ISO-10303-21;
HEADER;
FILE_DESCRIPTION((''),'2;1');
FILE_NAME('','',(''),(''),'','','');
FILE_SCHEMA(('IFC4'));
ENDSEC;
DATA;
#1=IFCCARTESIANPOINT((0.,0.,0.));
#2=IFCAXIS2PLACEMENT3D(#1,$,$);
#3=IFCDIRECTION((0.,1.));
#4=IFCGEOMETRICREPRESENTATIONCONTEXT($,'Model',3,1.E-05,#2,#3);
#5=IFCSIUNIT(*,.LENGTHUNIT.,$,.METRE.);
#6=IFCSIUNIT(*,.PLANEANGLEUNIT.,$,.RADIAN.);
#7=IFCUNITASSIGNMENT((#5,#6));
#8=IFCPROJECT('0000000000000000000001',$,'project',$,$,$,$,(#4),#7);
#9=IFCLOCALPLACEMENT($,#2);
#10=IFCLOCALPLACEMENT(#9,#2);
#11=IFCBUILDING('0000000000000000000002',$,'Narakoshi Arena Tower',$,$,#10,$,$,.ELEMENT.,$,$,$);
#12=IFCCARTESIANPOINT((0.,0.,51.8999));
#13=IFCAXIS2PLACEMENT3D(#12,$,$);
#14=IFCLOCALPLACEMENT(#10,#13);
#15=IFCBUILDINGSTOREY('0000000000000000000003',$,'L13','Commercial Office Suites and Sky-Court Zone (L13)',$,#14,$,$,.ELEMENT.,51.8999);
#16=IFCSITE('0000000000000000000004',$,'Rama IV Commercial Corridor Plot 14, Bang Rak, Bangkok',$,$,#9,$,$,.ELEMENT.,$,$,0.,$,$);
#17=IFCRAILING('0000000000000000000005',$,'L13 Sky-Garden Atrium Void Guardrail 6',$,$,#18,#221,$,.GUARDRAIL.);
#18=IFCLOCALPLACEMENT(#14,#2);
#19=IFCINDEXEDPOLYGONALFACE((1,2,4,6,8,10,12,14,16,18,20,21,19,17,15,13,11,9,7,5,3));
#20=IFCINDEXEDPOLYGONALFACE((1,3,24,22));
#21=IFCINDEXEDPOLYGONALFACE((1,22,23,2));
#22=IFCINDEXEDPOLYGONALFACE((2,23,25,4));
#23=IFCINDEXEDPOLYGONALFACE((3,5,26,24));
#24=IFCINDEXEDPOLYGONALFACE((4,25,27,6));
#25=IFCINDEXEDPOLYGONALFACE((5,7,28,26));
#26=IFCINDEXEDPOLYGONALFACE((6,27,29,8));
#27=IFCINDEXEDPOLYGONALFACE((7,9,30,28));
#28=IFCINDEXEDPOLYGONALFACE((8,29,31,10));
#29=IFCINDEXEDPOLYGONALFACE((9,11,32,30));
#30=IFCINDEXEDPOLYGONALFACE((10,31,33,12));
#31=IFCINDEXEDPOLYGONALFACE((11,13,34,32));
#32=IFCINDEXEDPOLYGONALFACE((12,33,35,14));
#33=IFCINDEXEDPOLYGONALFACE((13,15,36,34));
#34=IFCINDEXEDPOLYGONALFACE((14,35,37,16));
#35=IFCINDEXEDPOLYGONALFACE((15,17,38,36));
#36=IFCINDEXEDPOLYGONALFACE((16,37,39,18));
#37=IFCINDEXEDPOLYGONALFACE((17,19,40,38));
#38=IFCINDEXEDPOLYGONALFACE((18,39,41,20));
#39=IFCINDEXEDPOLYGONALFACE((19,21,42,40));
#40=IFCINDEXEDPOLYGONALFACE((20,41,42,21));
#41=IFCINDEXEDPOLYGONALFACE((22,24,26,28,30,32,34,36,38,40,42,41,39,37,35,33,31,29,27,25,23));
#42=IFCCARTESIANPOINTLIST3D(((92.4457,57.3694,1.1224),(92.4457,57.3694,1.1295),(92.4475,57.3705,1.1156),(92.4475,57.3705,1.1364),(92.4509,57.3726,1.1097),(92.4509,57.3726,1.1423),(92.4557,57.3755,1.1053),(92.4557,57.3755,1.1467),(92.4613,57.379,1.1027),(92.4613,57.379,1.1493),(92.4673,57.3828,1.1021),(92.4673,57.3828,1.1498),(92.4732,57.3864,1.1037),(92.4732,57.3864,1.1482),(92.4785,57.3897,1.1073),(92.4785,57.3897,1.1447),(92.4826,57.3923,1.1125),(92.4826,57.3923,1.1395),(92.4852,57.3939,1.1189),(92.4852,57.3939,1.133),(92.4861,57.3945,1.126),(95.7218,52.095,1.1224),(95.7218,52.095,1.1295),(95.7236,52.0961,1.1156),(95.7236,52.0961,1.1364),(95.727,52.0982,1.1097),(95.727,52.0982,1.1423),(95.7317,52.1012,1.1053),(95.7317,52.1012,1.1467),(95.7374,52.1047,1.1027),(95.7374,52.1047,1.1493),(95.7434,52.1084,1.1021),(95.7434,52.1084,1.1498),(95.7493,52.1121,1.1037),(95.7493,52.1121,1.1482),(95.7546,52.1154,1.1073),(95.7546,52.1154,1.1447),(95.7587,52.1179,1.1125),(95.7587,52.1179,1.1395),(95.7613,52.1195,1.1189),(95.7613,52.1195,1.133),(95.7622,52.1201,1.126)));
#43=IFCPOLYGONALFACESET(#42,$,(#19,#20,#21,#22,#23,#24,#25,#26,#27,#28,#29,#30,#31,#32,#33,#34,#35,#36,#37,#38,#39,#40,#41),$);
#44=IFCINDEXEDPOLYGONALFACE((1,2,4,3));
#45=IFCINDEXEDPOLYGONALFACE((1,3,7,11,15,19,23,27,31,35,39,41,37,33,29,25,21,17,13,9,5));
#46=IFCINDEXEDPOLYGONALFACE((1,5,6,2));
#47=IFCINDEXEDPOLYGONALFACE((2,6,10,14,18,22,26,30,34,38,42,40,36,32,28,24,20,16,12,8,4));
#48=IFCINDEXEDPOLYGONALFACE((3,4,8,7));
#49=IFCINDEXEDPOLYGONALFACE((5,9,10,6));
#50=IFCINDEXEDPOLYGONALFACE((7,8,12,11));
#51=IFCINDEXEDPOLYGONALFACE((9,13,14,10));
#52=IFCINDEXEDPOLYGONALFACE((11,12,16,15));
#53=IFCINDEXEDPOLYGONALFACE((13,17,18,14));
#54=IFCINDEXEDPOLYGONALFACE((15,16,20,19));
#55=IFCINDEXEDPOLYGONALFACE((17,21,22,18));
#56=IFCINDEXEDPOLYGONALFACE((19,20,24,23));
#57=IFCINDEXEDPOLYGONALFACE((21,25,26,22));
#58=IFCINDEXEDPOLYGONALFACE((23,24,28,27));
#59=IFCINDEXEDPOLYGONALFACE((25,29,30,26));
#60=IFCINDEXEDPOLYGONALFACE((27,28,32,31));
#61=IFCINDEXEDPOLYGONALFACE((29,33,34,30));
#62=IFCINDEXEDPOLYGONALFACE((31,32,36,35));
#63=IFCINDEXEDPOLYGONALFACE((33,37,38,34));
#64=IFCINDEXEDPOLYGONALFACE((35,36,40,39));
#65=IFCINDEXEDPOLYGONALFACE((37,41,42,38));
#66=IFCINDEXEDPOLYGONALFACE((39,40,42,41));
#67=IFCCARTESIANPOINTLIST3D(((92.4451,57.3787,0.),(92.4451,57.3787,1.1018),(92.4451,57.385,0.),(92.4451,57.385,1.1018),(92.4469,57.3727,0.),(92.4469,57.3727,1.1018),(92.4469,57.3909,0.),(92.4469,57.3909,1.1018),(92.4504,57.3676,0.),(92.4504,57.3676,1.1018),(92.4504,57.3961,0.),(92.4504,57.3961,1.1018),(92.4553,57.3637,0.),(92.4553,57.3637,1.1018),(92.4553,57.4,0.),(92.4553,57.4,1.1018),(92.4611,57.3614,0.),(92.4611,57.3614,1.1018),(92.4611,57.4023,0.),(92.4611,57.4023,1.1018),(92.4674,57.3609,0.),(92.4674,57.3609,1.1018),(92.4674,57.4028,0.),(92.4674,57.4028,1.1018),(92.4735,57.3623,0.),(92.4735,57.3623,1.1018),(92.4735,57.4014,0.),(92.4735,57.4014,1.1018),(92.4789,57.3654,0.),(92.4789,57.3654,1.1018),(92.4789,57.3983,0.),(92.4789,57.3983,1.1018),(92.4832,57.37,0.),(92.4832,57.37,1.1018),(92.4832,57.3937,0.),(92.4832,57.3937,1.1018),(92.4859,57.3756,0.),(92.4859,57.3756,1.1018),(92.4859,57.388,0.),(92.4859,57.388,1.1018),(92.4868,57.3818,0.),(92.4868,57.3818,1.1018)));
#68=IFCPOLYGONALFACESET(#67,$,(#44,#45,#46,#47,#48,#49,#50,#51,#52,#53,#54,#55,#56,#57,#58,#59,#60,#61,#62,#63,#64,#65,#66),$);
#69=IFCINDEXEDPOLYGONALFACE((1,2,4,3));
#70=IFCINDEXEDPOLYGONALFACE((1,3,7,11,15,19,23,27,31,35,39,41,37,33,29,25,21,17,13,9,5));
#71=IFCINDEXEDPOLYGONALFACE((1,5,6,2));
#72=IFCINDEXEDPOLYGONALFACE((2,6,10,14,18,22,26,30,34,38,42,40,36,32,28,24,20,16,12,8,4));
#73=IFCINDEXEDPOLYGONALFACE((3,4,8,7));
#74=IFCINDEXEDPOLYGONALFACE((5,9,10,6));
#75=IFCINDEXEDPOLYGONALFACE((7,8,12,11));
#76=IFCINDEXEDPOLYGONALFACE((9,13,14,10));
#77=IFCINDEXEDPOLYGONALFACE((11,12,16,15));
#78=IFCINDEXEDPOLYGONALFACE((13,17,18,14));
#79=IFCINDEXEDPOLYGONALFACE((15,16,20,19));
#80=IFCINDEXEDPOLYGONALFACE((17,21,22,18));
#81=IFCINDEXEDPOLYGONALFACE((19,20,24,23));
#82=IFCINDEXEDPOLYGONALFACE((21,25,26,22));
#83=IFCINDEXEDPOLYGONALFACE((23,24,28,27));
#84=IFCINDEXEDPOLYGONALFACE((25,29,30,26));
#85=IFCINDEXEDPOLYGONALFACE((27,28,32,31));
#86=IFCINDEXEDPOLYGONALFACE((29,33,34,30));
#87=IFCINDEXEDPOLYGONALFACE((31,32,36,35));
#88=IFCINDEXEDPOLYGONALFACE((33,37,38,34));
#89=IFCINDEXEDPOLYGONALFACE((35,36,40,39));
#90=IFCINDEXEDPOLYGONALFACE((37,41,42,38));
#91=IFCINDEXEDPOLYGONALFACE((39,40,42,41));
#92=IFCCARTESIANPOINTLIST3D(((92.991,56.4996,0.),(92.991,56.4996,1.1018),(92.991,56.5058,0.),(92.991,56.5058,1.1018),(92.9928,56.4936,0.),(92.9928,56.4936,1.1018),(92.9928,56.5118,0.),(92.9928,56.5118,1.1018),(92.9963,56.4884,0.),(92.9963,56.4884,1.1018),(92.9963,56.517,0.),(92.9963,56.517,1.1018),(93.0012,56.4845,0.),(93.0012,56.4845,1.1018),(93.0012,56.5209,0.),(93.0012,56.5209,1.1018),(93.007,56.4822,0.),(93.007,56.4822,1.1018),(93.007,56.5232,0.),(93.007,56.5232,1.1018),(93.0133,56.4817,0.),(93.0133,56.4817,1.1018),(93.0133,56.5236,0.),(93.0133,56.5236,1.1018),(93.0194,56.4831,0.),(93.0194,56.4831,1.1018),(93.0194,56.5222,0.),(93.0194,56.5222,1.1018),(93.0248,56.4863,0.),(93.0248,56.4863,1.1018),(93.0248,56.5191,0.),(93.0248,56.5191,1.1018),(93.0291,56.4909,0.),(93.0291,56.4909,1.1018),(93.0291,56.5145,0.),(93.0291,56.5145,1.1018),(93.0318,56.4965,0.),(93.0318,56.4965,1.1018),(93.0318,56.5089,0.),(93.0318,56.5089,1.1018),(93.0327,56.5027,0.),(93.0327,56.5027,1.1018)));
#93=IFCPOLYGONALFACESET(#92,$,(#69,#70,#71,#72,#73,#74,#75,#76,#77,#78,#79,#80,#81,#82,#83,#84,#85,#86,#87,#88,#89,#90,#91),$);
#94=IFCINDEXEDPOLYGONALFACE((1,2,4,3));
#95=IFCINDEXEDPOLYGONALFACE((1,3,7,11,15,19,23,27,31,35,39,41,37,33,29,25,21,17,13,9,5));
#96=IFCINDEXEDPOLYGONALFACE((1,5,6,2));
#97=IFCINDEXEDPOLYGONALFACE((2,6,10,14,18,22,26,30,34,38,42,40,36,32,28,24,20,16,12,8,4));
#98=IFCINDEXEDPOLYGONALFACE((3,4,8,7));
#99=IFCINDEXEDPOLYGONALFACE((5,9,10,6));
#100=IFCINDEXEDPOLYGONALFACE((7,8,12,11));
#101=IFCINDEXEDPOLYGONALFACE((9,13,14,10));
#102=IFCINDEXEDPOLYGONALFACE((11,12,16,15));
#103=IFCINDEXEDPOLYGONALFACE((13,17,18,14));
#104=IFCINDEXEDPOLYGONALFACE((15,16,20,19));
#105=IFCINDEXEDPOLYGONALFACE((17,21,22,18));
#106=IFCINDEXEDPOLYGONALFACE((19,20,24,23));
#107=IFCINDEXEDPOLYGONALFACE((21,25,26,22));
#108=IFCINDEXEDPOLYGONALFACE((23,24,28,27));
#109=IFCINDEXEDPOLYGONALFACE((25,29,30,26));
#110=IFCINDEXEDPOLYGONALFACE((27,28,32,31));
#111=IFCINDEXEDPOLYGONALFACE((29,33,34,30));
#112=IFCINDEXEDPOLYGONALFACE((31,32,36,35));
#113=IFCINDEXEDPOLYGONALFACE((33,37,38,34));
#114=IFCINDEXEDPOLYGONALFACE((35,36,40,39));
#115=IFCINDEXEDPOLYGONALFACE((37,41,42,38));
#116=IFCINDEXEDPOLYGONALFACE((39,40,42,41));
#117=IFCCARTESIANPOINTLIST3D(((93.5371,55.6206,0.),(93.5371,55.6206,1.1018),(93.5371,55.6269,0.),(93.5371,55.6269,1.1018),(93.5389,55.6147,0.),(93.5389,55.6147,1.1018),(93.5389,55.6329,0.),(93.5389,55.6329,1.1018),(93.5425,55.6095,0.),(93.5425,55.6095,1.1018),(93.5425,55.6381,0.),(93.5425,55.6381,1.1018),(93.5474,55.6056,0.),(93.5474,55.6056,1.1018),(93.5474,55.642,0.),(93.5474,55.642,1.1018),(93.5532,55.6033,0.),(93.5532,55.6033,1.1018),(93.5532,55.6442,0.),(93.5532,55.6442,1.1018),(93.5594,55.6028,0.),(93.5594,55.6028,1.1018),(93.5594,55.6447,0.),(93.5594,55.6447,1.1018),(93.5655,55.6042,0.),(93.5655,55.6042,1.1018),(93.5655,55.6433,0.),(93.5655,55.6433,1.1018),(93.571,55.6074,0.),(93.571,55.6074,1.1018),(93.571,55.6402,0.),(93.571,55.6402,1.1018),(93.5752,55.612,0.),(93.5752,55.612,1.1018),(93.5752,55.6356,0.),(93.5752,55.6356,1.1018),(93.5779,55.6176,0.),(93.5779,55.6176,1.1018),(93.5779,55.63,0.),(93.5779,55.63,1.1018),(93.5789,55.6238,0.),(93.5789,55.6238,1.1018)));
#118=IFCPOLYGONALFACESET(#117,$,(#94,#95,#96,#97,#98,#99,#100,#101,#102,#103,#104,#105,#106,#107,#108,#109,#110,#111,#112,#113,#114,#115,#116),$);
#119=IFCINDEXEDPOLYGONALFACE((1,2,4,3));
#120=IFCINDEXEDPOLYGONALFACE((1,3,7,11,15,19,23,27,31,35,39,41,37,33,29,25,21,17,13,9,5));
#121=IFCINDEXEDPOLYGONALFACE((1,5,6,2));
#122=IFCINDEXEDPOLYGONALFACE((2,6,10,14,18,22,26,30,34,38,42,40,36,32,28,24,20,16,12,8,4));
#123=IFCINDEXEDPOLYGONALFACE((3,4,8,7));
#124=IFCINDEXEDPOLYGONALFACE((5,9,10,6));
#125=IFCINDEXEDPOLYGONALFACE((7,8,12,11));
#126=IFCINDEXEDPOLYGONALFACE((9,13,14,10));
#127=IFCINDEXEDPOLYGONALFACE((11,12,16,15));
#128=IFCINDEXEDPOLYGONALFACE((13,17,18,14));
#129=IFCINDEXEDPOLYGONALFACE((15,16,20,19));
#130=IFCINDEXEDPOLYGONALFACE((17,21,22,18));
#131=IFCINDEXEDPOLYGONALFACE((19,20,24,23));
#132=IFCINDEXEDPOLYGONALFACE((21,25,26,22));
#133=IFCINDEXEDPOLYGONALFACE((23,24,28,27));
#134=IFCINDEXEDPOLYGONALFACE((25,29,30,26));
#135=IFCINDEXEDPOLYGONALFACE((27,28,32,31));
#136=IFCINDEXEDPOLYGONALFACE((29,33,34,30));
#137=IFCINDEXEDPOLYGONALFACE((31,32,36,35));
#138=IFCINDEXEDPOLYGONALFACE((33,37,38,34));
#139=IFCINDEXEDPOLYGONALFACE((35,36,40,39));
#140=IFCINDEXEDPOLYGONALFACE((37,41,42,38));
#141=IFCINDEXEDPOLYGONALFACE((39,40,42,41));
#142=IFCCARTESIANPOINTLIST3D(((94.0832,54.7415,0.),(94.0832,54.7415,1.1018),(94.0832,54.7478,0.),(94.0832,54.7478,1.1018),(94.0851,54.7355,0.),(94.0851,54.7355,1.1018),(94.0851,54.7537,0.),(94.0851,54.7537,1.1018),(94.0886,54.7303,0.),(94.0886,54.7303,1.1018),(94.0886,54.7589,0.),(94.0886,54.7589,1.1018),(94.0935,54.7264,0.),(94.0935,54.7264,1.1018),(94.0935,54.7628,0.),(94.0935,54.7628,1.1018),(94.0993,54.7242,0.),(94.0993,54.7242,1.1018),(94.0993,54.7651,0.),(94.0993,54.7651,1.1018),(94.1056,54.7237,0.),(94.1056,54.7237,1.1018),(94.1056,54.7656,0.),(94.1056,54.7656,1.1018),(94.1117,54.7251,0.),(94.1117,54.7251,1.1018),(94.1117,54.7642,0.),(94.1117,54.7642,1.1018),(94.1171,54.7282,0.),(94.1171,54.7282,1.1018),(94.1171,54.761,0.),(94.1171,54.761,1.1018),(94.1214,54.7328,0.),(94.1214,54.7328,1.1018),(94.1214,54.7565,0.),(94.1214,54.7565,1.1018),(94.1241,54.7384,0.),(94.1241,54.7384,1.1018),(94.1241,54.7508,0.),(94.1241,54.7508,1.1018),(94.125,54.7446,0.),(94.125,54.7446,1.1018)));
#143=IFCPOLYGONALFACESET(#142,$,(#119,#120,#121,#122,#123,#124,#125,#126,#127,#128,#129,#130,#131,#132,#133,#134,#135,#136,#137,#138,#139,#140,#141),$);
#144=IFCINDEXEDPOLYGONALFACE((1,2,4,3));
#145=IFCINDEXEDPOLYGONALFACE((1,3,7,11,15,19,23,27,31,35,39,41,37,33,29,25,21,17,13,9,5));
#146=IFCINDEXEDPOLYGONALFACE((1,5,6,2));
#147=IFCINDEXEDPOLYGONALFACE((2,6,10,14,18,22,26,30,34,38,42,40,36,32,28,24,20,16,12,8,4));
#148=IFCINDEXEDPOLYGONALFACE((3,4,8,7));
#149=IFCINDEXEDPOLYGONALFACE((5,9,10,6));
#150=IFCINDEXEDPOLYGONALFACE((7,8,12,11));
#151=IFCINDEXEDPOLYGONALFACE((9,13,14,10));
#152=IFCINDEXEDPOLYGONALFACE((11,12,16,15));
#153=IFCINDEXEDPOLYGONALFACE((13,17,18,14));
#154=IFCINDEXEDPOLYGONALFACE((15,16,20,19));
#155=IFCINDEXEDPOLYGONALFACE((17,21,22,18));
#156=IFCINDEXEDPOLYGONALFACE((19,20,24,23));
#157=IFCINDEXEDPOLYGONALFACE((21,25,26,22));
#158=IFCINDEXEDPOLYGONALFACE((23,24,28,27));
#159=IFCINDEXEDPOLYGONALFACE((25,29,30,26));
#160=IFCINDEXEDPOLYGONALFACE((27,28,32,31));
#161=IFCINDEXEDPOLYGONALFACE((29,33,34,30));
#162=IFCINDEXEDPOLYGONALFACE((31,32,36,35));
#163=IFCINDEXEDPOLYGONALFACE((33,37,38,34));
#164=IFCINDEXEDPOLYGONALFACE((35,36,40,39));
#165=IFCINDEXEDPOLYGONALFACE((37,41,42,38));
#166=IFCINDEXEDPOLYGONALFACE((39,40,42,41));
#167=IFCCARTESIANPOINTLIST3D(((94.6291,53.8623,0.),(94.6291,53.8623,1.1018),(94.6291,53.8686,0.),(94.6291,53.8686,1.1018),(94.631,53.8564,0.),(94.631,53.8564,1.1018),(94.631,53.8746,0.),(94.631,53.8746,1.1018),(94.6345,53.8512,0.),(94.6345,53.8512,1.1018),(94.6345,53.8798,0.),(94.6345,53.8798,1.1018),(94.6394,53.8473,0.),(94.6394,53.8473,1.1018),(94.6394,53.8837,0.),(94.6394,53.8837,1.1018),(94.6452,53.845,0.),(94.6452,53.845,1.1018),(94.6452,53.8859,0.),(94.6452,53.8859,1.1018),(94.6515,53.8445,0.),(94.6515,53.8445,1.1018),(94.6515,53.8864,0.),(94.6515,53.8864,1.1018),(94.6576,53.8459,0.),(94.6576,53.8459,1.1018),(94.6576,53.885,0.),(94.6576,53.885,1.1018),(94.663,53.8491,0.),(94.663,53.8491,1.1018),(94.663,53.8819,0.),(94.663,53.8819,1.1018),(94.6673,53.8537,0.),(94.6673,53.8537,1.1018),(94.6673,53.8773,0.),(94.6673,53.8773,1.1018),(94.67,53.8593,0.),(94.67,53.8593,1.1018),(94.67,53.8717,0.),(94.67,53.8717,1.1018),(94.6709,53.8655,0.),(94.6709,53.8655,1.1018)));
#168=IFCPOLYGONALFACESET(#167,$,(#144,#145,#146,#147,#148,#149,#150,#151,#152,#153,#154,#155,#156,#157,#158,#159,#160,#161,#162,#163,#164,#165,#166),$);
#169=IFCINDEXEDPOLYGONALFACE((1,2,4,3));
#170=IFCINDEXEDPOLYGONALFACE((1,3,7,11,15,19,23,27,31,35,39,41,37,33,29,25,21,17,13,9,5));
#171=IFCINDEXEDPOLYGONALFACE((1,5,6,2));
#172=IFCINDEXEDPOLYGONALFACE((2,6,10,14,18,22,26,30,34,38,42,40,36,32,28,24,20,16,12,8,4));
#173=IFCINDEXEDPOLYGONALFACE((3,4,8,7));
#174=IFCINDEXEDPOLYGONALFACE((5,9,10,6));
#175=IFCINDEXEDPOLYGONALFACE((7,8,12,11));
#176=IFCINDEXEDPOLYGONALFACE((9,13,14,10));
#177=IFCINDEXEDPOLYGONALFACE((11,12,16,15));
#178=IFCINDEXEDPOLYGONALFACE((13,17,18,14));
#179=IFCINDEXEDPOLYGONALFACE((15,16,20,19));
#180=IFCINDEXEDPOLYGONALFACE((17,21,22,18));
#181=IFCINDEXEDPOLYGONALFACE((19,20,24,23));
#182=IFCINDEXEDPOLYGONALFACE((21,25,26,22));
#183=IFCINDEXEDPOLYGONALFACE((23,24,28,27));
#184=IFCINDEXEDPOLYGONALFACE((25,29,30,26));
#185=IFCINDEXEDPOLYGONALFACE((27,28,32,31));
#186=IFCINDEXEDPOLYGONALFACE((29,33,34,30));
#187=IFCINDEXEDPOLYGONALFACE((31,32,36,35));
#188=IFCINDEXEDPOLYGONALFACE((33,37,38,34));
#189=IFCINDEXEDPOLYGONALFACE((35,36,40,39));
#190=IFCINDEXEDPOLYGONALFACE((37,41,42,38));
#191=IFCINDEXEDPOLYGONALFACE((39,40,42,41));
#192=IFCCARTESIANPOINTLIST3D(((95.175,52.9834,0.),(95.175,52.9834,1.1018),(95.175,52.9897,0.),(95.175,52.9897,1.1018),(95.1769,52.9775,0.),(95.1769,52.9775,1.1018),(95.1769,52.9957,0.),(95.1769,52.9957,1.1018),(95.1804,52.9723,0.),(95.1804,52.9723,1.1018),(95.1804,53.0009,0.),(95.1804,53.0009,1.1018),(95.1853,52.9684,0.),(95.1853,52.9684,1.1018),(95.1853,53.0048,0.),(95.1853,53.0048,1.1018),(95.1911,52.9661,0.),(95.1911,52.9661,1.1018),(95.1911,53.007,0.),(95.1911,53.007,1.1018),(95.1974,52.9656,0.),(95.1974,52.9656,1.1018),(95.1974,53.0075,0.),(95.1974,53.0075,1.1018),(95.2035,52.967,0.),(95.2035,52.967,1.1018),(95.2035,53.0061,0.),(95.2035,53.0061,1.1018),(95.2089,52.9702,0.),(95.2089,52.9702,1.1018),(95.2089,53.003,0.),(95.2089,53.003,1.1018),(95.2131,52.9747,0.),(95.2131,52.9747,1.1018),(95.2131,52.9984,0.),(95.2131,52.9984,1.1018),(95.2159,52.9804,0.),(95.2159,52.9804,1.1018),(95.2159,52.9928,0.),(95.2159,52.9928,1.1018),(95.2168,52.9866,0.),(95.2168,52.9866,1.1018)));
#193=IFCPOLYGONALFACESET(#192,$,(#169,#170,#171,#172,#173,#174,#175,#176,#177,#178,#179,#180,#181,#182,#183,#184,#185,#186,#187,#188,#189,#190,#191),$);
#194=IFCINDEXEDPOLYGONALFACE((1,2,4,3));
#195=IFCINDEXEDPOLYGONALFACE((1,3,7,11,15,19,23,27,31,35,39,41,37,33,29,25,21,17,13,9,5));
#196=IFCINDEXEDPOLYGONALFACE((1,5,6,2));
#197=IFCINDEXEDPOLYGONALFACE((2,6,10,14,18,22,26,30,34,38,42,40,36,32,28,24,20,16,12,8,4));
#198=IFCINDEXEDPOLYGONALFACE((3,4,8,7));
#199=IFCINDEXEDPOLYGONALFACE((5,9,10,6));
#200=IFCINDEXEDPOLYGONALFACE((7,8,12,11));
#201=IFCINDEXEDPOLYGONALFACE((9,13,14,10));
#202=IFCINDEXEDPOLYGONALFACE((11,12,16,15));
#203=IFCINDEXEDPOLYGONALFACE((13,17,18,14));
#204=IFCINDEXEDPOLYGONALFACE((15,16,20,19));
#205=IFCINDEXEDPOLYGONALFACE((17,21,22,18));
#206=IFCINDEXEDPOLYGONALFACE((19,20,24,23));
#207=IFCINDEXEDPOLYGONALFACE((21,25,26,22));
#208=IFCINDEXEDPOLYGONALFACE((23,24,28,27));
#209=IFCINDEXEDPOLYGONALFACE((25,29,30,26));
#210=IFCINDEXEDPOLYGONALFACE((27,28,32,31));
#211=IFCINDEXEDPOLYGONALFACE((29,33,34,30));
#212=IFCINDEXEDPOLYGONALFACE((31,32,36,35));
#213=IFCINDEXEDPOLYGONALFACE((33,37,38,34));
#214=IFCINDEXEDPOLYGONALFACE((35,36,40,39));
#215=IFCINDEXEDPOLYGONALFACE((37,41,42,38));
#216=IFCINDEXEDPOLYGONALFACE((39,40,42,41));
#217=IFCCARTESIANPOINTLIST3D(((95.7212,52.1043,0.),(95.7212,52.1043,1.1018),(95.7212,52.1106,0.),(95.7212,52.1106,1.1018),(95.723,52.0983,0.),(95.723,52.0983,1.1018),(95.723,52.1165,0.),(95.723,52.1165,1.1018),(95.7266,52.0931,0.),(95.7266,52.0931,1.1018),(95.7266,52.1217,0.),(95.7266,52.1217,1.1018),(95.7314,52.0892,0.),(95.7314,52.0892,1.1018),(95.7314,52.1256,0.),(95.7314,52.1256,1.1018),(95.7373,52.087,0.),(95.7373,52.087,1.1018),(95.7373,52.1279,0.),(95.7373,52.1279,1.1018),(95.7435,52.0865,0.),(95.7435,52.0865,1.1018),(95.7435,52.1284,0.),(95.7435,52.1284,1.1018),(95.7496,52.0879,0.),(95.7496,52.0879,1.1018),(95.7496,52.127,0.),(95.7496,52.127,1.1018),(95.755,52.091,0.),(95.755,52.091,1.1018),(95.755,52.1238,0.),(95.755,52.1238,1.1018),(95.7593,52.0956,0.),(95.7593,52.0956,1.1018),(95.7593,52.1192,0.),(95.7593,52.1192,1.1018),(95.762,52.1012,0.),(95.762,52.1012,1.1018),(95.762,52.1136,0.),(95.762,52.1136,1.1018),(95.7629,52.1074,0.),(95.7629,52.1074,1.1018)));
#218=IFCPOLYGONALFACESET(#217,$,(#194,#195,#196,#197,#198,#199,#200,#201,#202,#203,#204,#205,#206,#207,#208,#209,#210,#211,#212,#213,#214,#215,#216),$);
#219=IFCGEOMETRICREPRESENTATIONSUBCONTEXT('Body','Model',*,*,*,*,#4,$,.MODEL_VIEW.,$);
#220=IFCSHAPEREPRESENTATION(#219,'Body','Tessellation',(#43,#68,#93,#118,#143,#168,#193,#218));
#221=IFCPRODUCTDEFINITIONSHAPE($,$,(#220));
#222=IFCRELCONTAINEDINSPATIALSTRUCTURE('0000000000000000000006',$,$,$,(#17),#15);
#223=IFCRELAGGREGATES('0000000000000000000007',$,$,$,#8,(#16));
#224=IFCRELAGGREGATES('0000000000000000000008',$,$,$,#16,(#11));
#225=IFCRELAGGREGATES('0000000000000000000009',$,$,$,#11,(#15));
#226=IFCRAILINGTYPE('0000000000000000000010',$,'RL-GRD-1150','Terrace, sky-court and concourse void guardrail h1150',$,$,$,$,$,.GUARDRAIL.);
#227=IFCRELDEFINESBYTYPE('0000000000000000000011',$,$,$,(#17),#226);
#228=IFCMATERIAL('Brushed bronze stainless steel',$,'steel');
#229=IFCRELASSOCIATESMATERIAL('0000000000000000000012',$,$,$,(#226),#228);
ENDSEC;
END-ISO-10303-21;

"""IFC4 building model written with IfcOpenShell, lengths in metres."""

from ifc_helpers import new_model, si_unit, direction, frame, origin, origin_2d, place, context, subcontext, project, spatial, circle, extrude, material, type_object, element, save


model = new_model("IFC4")

# Units and contexts
model_context = context("Model", 3, precision=1e-05, world=origin(), true_north=direction((0.0, 1.0)))
body_context = subcontext(model_context, "Body", "Model", "MODEL_VIEW")
ifc_project = project(units=[si_unit("LENGTHUNIT", "METRE"), si_unit("PLANEANGLEUNIT", "RADIAN")], contexts=[model_context])

# Site, building, storey
site_placement = place(None, origin())
site = spatial("IfcSite", under=ifc_project, at=site_placement, Name="Rama IV Commercial Corridor Plot 14, Bang Rak, Bangkok", CompositionType="ELEMENT", RefElevation=0.0)
building_placement = place(site_placement, origin())
building = spatial("IfcBuilding", under=site, at=building_placement, Name="Narakoshi Arena Tower", CompositionType="ELEMENT")
storey_placement = place(building_placement, frame((0.0, 0.0, 51.8999)))
storey = spatial("IfcBuildingStorey", under=building, at=storey_placement, Name="L13", Description="Commercial Office Suites and Sky-Court Zone (L13)", CompositionType="ELEMENT", Elevation=51.8999)

# Railing
ifc_material_1 = material(Name="Brushed bronze stainless steel", Category="steel")
railing_type = type_object("IfcRailingType", Name="RL-GRD-1150", Description="Terrace, sky-court and concourse void guardrail h1150", PredefinedType="GUARDRAIL", material=ifc_material_1)
railing_1_placement = place(storey_placement, frame((92.4658, 57.3818, 0.0)))
element("IfcRailing", 1, at=railing_1_placement, inside=storey, type_object=railing_type, Name="L13 Sky-Garden Atrium Void Guardrail 6", PredefinedType="GUARDRAIL", context=body_context, shape_type="SweptSolid", body=[
    extrude(circle(Radius=0.0239, at=origin_2d()), frame((0.0, 0.0, 1.126), z_axis=(0.527636, -0.849471, 0.0), x_axis=(0.849471, 0.527636, 0.0)), (0.0, 0.0, 1.0), 6.209),
    extrude(circle(Radius=0.021, at=origin_2d()), origin(), (0.0, 0.0, 1.0), 1.1018),
    extrude(circle(Radius=0.021, at=origin_2d()), frame((0.5459, -0.8792, 0.0)), (0.0, 0.0, 1.0), 1.1018),
    extrude(circle(Radius=0.021, at=origin_2d()), frame((1.092, -1.7581, 0.0)), (0.0, 0.0, 1.0), 1.1018),
    extrude(circle(Radius=0.021, at=origin_2d()), frame((1.6382, -2.6372, 0.0)), (0.0, 0.0, 1.0), 1.1018),
    extrude(circle(Radius=0.021, at=origin_2d()), frame((2.1841, -3.5164, 0.0)), (0.0, 0.0, 1.0), 1.1018),
    extrude(circle(Radius=0.021, at=origin_2d()), frame((2.73, -4.3953, 0.0)), (0.0, 0.0, 1.0), 1.1018),
    extrude(circle(Radius=0.021, at=origin_2d()), frame((3.2761, -5.2744, 0.0)), (0.0, 0.0, 1.0), 1.1018),
])

save(model, "model.ifc")
